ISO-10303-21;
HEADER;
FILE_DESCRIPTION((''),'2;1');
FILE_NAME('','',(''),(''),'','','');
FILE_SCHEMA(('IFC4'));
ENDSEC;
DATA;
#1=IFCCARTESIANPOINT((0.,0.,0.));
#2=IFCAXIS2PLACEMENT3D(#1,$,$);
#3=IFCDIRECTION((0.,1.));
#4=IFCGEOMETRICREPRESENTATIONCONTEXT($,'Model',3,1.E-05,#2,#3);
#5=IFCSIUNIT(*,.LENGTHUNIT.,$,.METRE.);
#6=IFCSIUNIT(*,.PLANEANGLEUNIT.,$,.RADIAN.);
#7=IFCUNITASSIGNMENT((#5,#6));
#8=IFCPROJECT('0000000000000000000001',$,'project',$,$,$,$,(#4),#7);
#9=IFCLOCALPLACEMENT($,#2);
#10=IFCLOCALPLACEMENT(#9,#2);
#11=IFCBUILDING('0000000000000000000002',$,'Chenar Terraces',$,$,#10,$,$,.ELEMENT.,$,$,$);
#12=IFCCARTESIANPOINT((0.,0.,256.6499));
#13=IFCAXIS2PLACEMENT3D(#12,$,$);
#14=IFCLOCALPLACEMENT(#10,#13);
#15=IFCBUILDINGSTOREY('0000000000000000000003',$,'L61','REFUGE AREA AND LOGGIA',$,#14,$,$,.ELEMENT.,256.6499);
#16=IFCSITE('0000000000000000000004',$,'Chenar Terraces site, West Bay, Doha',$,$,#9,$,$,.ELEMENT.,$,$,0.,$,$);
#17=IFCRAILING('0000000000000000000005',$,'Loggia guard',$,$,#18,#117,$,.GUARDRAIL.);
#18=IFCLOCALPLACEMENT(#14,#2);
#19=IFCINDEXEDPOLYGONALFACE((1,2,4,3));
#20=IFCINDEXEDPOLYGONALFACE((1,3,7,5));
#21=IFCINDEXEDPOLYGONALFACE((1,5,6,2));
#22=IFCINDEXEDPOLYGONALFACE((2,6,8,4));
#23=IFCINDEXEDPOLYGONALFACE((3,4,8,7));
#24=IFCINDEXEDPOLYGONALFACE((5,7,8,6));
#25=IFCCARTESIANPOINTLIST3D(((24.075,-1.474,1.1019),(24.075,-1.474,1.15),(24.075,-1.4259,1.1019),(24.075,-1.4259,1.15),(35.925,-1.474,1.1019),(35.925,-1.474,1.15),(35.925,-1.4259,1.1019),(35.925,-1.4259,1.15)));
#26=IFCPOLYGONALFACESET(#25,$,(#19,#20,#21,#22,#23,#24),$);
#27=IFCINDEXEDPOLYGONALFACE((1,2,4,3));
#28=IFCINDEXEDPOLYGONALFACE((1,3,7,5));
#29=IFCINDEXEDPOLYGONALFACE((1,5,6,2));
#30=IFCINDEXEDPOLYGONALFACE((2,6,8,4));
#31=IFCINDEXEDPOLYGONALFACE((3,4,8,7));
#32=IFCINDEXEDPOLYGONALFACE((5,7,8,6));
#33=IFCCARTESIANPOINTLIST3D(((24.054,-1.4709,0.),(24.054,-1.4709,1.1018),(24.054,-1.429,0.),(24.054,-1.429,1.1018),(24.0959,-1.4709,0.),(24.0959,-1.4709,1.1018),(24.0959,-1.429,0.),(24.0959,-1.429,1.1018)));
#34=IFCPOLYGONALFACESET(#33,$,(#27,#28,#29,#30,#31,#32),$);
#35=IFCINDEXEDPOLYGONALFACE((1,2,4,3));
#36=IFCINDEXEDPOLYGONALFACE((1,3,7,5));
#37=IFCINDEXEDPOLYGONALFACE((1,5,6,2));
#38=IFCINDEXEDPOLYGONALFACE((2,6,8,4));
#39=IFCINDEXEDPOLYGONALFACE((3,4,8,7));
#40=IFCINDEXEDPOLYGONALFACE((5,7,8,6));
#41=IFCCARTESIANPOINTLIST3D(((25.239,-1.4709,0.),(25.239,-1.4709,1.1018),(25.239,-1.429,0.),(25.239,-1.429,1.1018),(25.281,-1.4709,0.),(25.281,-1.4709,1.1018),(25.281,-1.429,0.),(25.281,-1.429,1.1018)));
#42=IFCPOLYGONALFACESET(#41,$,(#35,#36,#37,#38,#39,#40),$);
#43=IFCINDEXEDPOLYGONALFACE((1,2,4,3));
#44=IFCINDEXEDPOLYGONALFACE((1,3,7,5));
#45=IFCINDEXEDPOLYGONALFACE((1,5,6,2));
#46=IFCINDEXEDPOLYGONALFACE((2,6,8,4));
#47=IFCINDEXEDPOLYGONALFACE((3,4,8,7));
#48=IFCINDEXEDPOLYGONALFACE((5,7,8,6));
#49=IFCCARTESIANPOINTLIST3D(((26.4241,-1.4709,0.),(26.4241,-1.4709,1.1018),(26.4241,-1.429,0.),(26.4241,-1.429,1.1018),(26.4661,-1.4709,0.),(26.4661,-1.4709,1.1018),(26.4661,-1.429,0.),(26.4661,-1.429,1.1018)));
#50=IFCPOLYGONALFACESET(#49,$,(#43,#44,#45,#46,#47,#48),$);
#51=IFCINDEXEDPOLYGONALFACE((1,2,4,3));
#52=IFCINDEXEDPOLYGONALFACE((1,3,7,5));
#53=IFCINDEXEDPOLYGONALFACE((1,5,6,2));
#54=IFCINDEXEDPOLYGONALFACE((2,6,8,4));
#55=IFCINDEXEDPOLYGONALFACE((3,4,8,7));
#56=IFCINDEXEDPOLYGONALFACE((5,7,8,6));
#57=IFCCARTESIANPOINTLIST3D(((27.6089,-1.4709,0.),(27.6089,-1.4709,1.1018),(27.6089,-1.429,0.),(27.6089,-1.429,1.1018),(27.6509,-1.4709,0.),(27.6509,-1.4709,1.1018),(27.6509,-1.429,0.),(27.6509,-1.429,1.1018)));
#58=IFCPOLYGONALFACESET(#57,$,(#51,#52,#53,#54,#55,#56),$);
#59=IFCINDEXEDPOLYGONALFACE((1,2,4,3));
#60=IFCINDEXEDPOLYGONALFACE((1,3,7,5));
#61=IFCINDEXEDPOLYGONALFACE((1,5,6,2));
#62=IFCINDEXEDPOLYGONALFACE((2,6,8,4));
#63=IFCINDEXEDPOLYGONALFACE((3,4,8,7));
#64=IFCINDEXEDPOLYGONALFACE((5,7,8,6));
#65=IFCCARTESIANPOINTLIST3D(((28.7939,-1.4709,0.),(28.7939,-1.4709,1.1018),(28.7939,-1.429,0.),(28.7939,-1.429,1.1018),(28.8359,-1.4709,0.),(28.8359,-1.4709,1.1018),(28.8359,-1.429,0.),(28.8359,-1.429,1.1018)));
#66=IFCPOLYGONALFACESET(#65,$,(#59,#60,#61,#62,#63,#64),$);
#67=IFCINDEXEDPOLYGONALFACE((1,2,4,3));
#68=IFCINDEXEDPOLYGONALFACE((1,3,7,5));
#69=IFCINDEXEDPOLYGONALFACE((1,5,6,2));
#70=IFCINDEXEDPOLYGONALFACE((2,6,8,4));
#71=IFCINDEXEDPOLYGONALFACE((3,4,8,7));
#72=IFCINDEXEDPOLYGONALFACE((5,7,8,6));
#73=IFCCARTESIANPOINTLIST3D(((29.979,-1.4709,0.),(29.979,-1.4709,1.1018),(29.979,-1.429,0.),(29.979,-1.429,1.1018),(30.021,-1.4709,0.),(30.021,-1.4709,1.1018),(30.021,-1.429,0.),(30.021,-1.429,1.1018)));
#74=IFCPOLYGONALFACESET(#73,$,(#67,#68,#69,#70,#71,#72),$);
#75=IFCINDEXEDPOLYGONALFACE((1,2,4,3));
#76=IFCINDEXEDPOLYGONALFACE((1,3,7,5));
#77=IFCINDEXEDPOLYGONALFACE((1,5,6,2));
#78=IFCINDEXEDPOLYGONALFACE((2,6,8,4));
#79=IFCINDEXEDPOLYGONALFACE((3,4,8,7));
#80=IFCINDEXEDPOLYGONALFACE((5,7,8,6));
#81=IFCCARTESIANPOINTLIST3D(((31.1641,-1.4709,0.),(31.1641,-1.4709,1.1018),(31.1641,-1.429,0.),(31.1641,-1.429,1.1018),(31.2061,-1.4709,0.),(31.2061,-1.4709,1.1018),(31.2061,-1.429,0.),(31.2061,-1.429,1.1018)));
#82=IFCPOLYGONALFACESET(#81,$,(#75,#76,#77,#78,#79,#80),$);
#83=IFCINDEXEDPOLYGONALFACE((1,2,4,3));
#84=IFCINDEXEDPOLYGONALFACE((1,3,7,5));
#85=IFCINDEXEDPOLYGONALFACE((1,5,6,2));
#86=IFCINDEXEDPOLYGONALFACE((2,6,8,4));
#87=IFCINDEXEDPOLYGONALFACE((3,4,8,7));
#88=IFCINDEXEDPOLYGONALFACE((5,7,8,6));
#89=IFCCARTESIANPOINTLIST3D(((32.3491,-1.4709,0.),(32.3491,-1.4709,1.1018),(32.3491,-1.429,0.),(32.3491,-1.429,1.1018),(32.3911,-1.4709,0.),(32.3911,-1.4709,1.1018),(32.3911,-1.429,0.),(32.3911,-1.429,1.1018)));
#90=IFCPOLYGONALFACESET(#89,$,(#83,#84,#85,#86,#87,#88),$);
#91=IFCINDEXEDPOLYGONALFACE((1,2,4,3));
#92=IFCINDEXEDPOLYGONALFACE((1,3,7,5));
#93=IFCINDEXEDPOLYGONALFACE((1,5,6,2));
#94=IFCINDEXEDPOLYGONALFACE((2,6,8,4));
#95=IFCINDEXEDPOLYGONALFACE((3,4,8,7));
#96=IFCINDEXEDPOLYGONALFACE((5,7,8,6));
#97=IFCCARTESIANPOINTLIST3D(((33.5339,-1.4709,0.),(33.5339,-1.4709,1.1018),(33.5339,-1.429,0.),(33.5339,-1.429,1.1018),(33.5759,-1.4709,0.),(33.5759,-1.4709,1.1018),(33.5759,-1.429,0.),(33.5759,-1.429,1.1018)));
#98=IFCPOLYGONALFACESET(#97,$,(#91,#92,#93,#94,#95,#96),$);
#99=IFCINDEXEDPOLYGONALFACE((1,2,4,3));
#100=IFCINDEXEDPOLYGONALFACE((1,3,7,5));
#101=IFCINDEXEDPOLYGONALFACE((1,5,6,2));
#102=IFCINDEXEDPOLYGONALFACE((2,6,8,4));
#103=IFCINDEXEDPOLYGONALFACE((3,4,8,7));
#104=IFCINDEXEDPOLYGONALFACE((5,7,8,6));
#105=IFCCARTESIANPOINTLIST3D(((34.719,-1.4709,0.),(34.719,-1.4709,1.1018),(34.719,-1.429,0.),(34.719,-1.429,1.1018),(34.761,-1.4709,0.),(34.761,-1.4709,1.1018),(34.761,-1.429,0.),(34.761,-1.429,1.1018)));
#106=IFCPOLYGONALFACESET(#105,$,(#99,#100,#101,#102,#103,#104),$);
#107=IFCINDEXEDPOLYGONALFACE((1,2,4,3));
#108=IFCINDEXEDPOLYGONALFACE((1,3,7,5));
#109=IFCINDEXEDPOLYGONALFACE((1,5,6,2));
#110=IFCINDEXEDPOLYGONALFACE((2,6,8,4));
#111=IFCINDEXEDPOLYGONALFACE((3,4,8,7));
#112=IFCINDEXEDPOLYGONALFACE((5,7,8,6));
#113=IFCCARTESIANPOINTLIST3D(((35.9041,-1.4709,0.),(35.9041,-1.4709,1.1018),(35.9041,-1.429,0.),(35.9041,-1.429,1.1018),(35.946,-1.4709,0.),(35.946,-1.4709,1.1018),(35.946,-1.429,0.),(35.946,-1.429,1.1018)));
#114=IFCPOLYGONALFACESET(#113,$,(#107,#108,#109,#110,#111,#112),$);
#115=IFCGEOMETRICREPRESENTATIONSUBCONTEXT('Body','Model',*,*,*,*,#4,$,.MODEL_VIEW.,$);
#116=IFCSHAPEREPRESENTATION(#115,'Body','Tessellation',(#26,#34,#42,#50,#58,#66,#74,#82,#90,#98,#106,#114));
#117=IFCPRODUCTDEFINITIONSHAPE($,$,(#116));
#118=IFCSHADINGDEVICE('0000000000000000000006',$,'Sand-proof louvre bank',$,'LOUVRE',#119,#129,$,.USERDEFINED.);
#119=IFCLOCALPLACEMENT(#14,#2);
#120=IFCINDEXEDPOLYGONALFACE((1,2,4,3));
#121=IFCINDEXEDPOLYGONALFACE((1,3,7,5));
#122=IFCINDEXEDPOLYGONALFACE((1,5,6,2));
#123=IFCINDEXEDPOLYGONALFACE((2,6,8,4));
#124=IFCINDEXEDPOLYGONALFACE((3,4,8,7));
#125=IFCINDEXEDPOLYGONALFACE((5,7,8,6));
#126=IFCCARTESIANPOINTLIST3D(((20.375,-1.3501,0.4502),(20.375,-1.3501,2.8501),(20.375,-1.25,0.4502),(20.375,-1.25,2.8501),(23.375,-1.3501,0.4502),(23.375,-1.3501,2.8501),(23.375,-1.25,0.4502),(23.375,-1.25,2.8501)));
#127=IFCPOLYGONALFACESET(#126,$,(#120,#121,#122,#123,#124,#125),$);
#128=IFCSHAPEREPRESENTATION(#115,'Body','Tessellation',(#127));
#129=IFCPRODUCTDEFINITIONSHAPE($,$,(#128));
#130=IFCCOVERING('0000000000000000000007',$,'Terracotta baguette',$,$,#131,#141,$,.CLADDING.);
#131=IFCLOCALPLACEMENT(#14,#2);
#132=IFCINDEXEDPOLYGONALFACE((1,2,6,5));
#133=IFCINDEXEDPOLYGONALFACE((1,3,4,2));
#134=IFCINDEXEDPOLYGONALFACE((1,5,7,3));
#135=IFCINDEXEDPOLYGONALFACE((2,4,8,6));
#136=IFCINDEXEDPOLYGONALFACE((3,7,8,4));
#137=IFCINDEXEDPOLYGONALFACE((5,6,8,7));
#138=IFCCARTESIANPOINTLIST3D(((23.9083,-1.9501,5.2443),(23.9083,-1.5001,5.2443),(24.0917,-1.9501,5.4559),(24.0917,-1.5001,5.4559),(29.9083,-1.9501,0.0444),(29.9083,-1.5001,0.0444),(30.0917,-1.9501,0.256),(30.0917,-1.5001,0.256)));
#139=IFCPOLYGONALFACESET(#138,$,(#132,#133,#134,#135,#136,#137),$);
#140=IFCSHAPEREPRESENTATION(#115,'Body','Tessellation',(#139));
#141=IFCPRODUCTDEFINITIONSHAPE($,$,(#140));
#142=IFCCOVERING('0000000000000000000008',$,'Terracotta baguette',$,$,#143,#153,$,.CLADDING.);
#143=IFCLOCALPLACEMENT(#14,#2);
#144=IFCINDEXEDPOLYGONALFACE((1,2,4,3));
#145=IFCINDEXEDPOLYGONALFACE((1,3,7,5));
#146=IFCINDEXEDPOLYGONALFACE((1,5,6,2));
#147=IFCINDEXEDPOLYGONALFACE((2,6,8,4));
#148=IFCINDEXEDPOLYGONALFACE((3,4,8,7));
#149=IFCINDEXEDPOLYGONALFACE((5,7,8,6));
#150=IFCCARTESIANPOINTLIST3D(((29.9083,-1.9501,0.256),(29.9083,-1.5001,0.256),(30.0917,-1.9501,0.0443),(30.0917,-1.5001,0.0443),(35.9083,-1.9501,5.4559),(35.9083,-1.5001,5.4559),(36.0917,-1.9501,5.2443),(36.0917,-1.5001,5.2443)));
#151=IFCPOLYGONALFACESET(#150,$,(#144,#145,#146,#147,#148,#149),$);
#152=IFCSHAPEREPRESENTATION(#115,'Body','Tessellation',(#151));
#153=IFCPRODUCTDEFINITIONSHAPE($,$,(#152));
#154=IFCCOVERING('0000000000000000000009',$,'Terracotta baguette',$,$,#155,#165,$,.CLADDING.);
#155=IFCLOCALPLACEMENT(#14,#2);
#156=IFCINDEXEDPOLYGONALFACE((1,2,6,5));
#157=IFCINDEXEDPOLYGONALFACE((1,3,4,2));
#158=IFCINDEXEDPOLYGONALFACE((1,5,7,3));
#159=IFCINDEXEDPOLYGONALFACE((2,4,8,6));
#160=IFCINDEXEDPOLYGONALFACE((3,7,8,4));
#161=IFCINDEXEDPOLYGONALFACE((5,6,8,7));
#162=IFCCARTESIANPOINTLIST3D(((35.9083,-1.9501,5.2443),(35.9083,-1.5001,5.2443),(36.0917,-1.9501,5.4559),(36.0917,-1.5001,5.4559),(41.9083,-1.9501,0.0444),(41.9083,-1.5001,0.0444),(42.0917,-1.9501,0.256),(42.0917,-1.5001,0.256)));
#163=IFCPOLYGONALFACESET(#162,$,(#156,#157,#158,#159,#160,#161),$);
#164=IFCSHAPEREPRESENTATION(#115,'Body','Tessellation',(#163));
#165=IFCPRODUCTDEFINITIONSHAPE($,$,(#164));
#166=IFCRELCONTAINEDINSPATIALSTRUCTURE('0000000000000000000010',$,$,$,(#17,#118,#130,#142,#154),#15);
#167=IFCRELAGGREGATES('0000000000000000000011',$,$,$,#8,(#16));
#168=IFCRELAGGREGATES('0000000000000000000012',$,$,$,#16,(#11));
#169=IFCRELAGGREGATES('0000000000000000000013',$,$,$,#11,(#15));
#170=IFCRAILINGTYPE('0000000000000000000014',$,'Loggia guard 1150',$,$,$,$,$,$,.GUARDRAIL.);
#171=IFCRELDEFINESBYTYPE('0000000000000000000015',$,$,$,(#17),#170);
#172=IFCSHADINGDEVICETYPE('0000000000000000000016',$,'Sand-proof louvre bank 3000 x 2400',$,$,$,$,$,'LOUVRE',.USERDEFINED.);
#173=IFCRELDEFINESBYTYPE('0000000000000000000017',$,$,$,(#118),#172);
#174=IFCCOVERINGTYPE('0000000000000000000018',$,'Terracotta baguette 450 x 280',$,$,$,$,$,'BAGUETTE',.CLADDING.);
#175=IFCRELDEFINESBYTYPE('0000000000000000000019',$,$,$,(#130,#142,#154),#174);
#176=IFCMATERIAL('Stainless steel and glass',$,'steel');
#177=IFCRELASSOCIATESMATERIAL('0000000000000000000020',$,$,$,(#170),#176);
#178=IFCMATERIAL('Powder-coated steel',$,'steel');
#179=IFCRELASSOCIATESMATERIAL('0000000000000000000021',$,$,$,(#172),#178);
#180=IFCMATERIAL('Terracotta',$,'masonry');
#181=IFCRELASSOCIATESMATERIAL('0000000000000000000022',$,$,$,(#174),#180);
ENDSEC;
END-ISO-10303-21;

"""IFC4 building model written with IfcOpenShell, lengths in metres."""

from ifc_helpers import new_model, si_unit, direction, frame, origin, origin_2d, place, context, subcontext, project, spatial, rectangle, extrude, material, material_profile, profile_set, type_object, element, save


model = new_model("IFC4")

# Units and contexts
model_context = context("Model", 3, precision=1e-05, world=origin(), true_north=direction((0.0, 1.0)))
body_context = subcontext(model_context, "Body", "Model", "MODEL_VIEW")
ifc_project = project(units=[si_unit("LENGTHUNIT", "METRE"), si_unit("PLANEANGLEUNIT", "RADIAN")], contexts=[model_context])

# Site, building, storey
site_placement = place(None, origin())
site = spatial("IfcSite", under=ifc_project, at=site_placement, Name="Chenar Terraces site, West Bay, Doha", CompositionType="ELEMENT", RefElevation=0.0)
building_placement = place(site_placement, origin())
building = spatial("IfcBuilding", under=site, at=building_placement, Name="Chenar Terraces", CompositionType="ELEMENT")
storey_placement = place(building_placement, frame((0.0, 0.0, 256.6499)))
storey = spatial("IfcBuildingStorey", under=building, at=storey_placement, Name="L61", Description="REFUGE AREA AND LOGGIA", CompositionType="ELEMENT", Elevation=256.6499)

# Railing
ifc_material_1 = material(Name="Stainless steel and glass", Category="steel")
railing_type = type_object("IfcRailingType", Name="Loggia guard 1150", PredefinedType="GUARDRAIL", material=ifc_material_1)
railing_placement = place(storey_placement, frame((24.075, -1.45, 0.0)))
element("IfcRailing", 1, at=railing_placement, inside=storey, type_object=railing_type, Name="Loggia guard", PredefinedType="GUARDRAIL", context=body_context, shape_type="SweptSolid", body=[
    extrude(rectangle(XDim=0.0481, YDim=0.0481, at=origin_2d()), frame((0.0, 0.0, 1.126), z_axis=(1.0, 0.0, 0.0), x_axis=(0.0, 1.0, 0.0)), (0.0, 0.0, 1.0), 11.8501),
    extrude(rectangle(XDim=0.042, YDim=0.042, at=origin_2d()), origin(), (0.0, 0.0, 1.0), 1.1018),
    extrude(rectangle(XDim=0.042, YDim=0.042, at=origin_2d()), frame((1.1851, 0.0, 0.0)), (0.0, 0.0, 1.0), 1.1018),
    extrude(rectangle(XDim=0.042, YDim=0.042, at=origin_2d()), frame((2.3701, 0.0, 0.0)), (0.0, 0.0, 1.0), 1.1018),
    extrude(rectangle(XDim=0.042, YDim=0.042, at=origin_2d()), frame((3.5549, 0.0, 0.0)), (0.0, 0.0, 1.0), 1.1018),
    extrude(rectangle(XDim=0.042, YDim=0.042, at=origin_2d()), frame((4.74, 0.0, 0.0)), (0.0, 0.0, 1.0), 1.1018),
    extrude(rectangle(XDim=0.042, YDim=0.042, at=origin_2d()), frame((5.925, 0.0, 0.0)), (0.0, 0.0, 1.0), 1.1018),
    extrude(rectangle(XDim=0.042, YDim=0.042, at=origin_2d()), frame((7.1101, 0.0, 0.0)), (0.0, 0.0, 1.0), 1.1018),
    extrude(rectangle(XDim=0.042, YDim=0.042, at=origin_2d()), frame((8.2952, 0.0, 0.0)), (0.0, 0.0, 1.0), 1.1018),
    extrude(rectangle(XDim=0.042, YDim=0.042, at=origin_2d()), frame((9.48, 0.0, 0.0)), (0.0, 0.0, 1.0), 1.1018),
    extrude(rectangle(XDim=0.042, YDim=0.042, at=origin_2d()), frame((10.665, 0.0, 0.0)), (0.0, 0.0, 1.0), 1.1018),
    extrude(rectangle(XDim=0.042, YDim=0.042, at=origin_2d()), frame((11.8501, 0.0, 0.0)), (0.0, 0.0, 1.0), 1.1018),
])

# Shading device
ifc_material_2 = material(Name="Powder-coated steel", Category="steel")
shading_device_type = type_object("IfcShadingDeviceType", Name="Sand-proof louvre bank 3000 x 2400", ElementType="LOUVRE", PredefinedType="USERDEFINED", material=ifc_material_2)
shading_device_placement = place(storey_placement, frame((21.875, -1.3, 0.4502), z_axis=(0.0, 0.0, 1.0), x_axis=(1.0, 0.0, 0.0)))
element("IfcShadingDevice", 2, at=shading_device_placement, inside=storey, type_object=shading_device_type, Name="Sand-proof louvre bank", ObjectType="LOUVRE", PredefinedType="USERDEFINED", context=body_context, shape_type="SweptSolid", body=[
    extrude(rectangle(XDim=3.0, YDim=0.1001, at=origin_2d()), origin(), (0.0, 0.0, 1.0), 2.3999),
])

# Coverings
ifc_material_3 = material(Name="Terracotta", Category="masonry")
ifc_material_profile_1 = material_profile(ifc_material_3, rectangle(XDim=0.45, YDim=0.28, at=origin_2d()), Name="Terracotta baguette 450 x 280")
ifc_profile_set_1 = profile_set([ifc_material_profile_1], Name="Terracotta")
covering_type = type_object("IfcCoveringType", Name="Terracotta baguette 450 x 280", ElementType="BAGUETTE", PredefinedType="CLADDING", material=ifc_profile_set_1)
for number, where, z_axis, x_axis, name in (
    (3, (24.0, -1.7251, 5.3501), (0.755692, 0.0, -0.654927), (0.0, 1.0, 0.0), "Terracotta baguette"),
    (4, (30.0, -1.7251, 0.1501), (0.755692, 0.0, 0.654927), (0.0, 1.0, 0.0), "Terracotta baguette"),
    (5, (36.0, -1.7251, 5.3501), (0.755692, 0.0, -0.654927), (0.0, 1.0, 0.0), "Terracotta baguette"),
):
    element("IfcCovering", number, at=place(storey_placement, frame(where, z_axis=z_axis, x_axis=x_axis)), inside=storey, type_object=covering_type, Name=name, PredefinedType="CLADDING", context=body_context, shape_type="SweptSolid", body=[
        extrude(rectangle(XDim=0.45, YDim=0.28, at=origin_2d()), origin(), (0.0, 0.0, 1.0), 7.9397),
    ])

save(model, "model.ifc")
